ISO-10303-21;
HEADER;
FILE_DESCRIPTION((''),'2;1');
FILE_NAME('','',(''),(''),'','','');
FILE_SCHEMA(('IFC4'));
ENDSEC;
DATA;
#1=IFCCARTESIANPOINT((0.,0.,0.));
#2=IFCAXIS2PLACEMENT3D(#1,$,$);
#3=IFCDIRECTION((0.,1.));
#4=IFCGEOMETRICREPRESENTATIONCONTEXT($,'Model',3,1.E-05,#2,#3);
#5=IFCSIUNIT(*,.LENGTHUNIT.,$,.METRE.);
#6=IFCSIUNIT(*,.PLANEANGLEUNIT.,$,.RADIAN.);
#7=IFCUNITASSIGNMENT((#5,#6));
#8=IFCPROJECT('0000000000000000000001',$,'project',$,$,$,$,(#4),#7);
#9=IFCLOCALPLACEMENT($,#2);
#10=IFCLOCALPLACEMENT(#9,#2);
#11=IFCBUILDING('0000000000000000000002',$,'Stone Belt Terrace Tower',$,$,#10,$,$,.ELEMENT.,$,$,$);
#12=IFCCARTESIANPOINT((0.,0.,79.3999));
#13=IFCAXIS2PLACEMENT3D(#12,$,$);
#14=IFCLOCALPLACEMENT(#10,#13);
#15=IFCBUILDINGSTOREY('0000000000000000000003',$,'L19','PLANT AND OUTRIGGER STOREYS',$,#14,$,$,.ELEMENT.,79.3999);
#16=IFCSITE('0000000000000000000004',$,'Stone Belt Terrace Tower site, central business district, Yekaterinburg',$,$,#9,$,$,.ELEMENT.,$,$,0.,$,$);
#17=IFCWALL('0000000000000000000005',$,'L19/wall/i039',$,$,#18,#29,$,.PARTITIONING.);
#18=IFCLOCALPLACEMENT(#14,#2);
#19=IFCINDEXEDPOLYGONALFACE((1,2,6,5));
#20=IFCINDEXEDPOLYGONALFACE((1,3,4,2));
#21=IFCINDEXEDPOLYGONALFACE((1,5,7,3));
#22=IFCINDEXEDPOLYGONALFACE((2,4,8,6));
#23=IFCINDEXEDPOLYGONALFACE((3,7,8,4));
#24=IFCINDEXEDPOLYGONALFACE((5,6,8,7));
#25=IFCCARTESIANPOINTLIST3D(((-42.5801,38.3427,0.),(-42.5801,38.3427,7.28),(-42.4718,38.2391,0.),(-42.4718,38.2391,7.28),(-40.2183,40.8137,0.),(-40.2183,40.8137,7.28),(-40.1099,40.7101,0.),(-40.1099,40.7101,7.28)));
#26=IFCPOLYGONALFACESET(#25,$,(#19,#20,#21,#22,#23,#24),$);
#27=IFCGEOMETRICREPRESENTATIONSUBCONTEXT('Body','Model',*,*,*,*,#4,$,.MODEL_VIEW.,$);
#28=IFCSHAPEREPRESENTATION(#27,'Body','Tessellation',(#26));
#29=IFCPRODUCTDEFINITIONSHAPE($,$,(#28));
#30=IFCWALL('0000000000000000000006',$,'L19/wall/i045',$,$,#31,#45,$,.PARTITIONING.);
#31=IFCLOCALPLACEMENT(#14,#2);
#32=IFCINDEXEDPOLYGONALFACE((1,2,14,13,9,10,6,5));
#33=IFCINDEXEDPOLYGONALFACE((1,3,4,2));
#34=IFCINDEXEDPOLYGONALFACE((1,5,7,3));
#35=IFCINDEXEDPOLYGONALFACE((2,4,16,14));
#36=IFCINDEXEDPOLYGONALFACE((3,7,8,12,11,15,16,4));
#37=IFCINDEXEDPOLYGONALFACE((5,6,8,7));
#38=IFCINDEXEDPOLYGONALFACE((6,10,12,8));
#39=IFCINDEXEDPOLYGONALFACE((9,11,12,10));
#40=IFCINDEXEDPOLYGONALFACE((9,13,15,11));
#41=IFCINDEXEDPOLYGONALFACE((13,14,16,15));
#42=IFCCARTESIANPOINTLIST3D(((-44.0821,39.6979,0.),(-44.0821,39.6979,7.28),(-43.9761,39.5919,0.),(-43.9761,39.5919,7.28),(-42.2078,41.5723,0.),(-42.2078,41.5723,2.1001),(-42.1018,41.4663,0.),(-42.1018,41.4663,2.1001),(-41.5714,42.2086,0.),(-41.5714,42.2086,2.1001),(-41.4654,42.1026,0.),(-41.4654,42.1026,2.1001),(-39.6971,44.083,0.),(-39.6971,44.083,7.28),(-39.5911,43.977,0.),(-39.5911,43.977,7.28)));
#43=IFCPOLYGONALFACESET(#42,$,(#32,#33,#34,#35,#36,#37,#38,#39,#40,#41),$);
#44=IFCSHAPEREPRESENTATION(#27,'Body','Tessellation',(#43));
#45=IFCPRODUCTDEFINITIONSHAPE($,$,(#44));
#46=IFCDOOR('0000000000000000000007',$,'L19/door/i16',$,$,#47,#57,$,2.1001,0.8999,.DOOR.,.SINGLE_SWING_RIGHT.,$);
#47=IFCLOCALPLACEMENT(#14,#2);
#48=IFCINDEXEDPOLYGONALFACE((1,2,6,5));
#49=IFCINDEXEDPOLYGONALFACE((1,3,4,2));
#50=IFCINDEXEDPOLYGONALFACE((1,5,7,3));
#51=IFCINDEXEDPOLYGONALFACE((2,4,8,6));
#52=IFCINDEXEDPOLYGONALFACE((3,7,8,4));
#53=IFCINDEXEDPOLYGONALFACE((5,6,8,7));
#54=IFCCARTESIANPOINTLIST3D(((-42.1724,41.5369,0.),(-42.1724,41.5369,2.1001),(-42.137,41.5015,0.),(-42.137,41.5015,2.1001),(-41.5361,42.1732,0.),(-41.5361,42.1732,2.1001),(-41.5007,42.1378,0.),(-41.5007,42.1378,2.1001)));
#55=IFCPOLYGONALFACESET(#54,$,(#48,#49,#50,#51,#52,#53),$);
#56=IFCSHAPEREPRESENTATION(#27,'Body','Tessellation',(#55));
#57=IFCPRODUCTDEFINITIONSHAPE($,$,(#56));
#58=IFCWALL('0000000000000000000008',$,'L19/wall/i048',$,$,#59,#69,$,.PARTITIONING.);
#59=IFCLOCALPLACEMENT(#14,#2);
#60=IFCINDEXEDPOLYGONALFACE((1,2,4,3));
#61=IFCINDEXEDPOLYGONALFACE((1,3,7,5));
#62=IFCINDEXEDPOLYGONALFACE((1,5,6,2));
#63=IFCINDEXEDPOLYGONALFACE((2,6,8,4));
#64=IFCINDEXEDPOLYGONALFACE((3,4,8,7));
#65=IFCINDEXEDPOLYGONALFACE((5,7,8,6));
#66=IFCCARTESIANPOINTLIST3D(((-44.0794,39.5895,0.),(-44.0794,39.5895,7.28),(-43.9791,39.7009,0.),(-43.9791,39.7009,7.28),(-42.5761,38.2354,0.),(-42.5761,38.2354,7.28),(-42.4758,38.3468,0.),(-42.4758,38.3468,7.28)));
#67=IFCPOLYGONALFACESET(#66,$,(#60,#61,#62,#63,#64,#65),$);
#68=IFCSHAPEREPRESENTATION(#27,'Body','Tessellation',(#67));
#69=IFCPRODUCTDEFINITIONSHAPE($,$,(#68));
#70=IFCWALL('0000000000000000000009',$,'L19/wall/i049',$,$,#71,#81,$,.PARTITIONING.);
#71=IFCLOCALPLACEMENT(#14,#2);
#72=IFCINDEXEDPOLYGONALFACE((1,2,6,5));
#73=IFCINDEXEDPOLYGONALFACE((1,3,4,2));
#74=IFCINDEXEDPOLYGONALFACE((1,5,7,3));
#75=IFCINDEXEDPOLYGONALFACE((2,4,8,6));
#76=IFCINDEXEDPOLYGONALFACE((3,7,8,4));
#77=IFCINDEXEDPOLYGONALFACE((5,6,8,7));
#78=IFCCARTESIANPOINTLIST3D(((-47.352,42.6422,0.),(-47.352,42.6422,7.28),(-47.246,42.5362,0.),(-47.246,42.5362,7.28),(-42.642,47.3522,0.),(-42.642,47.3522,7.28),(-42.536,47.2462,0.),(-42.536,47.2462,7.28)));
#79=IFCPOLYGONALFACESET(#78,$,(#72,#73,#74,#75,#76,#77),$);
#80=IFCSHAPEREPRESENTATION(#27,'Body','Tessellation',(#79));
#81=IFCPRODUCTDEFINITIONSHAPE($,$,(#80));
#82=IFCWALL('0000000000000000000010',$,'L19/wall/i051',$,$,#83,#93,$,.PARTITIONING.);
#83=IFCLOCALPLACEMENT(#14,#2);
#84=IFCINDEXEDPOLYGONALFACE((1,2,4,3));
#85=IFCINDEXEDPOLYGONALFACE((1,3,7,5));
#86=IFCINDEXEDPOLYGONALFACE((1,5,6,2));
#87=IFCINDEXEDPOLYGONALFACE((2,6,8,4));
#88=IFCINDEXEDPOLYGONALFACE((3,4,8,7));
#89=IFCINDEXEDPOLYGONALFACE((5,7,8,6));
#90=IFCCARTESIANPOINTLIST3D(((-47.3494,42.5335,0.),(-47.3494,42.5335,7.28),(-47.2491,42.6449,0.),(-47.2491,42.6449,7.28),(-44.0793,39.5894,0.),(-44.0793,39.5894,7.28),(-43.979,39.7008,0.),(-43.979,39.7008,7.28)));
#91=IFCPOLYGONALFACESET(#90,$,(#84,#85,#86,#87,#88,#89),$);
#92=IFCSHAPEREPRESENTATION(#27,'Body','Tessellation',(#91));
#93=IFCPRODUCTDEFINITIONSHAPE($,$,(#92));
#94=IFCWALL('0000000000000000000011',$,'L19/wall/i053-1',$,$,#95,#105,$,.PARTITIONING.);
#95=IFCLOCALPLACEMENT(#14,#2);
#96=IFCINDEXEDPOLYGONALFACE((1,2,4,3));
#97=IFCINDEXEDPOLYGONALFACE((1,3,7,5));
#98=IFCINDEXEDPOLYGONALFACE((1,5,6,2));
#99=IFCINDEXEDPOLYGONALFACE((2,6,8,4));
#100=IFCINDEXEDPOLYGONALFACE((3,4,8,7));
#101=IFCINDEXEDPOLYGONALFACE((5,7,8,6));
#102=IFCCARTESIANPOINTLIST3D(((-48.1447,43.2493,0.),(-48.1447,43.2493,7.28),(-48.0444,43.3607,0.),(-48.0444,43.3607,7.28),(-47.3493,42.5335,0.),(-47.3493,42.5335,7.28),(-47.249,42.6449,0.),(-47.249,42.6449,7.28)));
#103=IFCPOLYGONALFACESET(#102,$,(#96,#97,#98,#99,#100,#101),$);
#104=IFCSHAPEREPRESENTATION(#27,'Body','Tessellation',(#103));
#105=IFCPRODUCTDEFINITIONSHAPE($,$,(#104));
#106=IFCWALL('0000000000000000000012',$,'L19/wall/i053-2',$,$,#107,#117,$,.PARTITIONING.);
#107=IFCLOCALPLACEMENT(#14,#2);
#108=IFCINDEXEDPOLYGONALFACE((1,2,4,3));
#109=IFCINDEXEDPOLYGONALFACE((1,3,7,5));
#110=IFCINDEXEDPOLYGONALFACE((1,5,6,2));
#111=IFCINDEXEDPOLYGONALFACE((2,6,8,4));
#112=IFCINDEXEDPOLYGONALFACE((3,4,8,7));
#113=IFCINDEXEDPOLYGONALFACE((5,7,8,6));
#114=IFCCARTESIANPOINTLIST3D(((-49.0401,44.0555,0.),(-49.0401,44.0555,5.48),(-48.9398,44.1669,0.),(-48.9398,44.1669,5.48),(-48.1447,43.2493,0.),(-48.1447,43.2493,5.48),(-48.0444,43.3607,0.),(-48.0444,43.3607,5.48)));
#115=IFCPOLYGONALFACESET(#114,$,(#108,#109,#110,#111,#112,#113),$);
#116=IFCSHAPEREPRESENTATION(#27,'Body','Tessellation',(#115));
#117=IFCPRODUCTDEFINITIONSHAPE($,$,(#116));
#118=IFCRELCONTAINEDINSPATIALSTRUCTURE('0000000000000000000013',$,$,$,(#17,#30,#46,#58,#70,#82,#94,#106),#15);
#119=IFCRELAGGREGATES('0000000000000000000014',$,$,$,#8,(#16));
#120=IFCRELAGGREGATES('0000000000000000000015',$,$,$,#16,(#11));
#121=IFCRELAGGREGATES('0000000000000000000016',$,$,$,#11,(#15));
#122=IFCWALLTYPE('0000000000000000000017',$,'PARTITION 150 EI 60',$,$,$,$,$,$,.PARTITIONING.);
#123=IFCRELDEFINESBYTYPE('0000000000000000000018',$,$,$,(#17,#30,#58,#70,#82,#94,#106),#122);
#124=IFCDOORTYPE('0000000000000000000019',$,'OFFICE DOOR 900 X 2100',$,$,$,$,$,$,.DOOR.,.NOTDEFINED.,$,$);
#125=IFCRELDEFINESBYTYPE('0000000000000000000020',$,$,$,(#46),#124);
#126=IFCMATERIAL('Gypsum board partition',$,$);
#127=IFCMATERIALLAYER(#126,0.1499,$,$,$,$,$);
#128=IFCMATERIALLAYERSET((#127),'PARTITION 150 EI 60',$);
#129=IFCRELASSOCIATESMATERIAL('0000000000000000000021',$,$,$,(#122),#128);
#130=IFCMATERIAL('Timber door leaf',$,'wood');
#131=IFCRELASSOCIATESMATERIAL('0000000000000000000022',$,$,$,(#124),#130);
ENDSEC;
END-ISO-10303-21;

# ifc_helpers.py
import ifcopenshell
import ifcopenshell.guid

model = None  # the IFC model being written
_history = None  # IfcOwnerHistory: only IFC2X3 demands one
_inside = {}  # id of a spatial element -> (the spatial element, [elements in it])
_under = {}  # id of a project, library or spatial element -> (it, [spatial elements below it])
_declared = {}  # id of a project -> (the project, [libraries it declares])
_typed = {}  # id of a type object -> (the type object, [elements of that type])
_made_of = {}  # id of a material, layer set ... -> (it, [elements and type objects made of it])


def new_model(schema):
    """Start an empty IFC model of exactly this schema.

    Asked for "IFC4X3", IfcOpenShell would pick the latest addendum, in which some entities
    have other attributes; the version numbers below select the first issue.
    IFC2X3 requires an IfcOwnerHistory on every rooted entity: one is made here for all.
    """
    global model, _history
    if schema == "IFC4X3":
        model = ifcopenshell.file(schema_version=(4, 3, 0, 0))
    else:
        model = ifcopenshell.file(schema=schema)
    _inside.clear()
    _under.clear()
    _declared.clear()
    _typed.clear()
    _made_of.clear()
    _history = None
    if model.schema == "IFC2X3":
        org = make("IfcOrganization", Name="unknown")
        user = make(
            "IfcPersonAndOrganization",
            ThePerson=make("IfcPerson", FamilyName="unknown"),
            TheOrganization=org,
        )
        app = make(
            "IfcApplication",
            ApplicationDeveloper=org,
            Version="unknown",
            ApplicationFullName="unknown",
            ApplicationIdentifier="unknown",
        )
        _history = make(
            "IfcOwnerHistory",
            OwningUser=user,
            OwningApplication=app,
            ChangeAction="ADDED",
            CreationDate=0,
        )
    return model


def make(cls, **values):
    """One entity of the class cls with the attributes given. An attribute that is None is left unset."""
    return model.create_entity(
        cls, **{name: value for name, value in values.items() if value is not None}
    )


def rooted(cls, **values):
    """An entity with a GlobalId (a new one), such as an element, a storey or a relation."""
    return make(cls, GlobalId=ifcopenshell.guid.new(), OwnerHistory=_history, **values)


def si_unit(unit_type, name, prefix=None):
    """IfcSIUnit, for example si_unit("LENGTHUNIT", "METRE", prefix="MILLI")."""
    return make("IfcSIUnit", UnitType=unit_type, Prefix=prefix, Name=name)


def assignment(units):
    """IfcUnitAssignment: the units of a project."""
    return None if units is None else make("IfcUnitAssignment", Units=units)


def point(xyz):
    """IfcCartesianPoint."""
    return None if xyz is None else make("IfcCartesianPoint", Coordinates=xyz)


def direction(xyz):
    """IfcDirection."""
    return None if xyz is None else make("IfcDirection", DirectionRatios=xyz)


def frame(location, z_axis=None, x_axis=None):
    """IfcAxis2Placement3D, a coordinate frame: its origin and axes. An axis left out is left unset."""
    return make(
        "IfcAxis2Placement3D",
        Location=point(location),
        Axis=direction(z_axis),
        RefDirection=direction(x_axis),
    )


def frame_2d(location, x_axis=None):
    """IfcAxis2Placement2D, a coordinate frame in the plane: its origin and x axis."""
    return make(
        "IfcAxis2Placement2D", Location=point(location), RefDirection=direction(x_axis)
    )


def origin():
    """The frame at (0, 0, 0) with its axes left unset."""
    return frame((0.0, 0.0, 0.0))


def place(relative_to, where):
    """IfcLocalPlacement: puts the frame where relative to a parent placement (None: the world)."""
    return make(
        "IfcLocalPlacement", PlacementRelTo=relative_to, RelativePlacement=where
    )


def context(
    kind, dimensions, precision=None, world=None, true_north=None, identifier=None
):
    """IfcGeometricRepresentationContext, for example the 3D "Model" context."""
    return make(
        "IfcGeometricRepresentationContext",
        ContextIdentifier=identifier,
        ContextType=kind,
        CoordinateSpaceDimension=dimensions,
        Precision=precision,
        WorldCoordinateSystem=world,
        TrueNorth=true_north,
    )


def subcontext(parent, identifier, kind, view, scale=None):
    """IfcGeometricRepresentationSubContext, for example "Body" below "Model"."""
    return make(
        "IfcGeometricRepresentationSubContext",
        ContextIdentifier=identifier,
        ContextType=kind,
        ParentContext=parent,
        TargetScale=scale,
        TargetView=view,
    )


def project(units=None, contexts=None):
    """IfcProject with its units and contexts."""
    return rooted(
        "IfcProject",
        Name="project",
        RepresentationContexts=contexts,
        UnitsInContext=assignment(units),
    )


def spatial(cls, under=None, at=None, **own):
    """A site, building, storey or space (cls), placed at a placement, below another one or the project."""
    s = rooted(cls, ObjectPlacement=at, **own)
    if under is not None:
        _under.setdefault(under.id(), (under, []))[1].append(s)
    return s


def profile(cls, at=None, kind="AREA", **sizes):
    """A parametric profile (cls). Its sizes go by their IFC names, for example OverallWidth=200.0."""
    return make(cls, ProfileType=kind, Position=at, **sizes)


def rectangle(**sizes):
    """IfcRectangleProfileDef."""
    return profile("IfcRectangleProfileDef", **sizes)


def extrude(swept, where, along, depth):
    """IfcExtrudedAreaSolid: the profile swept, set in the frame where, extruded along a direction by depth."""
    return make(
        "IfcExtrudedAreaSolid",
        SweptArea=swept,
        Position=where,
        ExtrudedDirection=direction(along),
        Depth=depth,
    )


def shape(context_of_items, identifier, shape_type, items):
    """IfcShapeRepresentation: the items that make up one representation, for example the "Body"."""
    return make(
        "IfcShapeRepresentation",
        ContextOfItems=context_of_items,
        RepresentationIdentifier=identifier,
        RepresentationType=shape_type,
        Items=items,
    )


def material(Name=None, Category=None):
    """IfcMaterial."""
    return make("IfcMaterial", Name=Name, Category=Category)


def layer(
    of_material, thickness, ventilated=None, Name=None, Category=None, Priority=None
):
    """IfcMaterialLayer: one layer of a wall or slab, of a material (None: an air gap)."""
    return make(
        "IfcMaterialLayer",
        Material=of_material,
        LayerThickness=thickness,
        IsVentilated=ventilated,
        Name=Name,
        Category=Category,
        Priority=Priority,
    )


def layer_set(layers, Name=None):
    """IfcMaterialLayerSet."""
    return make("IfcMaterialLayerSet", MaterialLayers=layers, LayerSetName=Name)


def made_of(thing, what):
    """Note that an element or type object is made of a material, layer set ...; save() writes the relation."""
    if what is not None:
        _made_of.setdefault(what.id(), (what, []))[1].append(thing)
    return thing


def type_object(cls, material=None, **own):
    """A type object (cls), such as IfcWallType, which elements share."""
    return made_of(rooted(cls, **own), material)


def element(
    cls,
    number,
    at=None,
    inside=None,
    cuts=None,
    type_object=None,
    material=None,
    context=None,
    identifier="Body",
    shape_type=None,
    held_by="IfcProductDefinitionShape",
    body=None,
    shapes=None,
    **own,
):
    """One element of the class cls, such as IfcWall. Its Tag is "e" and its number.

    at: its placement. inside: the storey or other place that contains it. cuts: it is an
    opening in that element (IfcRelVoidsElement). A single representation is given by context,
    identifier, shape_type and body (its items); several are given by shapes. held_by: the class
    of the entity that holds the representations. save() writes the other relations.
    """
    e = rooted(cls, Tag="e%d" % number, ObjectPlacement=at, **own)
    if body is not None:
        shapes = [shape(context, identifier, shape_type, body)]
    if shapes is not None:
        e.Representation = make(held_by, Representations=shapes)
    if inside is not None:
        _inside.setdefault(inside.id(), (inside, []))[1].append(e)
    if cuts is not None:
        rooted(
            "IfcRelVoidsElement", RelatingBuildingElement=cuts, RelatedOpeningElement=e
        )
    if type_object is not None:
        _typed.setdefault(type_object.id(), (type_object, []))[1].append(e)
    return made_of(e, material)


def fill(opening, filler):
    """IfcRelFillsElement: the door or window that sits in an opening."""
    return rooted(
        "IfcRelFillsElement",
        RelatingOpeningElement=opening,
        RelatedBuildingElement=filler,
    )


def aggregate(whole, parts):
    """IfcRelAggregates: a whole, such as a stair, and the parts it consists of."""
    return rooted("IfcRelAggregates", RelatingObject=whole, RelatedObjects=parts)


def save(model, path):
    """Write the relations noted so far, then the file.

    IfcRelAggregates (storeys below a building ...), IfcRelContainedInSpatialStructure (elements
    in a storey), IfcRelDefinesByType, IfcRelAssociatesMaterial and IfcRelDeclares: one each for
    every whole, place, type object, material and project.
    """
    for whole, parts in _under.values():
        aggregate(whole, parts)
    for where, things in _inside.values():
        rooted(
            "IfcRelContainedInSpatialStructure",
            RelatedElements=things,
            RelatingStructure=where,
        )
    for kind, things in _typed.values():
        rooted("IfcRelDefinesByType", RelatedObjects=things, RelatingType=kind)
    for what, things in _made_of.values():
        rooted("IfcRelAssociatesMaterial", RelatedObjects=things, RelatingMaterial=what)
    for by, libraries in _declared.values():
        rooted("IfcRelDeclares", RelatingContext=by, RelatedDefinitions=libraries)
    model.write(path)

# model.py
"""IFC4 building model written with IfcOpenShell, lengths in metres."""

from ifc_helpers import new_model, si_unit, direction, frame, frame_2d, origin, place, context, subcontext, project, spatial, rectangle, extrude, material, layer, layer_set, type_object, element, fill, save


model = new_model("IFC4")

# Units and contexts
model_context = context("Model", 3, precision=1e-05, world=origin(), true_north=direction((0.0, 1.0)))
body_context = subcontext(model_context, "Body", "Model", "MODEL_VIEW")
ifc_project = project(units=[si_unit("LENGTHUNIT", "METRE"), si_unit("PLANEANGLEUNIT", "RADIAN")], contexts=[model_context])

# Site, building, storey
site_placement = place(None, origin())
site = spatial("IfcSite", under=ifc_project, at=site_placement, Name="Stone Belt Terrace Tower site, central business district, Yekaterinburg", CompositionType="ELEMENT", RefElevation=0.0)
building_placement = place(site_placement, origin())
building = spatial("IfcBuilding", under=site, at=building_placement, Name="Stone Belt Terrace Tower", CompositionType="ELEMENT")
storey_placement = place(building_placement, frame((0.0, 0.0, 79.3999)))
storey = spatial("IfcBuildingStorey", under=building, at=storey_placement, Name="L19", Description="PLANT AND OUTRIGGER STOREYS", CompositionType="ELEMENT", Elevation=79.3999)

# Shared definitions
ifc_material_1 = material(Name="Gypsum board partition")
ifc_layer_1 = layer(ifc_material_1, 0.1499)
ifc_layer_set_1 = layer_set([ifc_layer_1], Name="PARTITION 150 EI 60")
wall_type = type_object("IfcWallType", Name="PARTITION 150 EI 60", PredefinedType="PARTITIONING", material=ifc_layer_set_1)

# Shared definitions
ifc_material_2 = material(Name="Timber door leaf", Category="wood")
door_type = type_object("IfcDoorType", Name="OFFICE DOOR 900 X 2100", OperationType="NOTDEFINED", PredefinedType="DOOR", material=ifc_material_2)

# Wall
wall_1_placement = place(storey_placement, frame((-42.5259, 38.291, 0.0), z_axis=(0.0, 0.0, 1.0), x_axis=(0.690963, 0.72289, 0.0)))
element("IfcWall", 1, at=wall_1_placement, inside=storey, type_object=wall_type, Name="L19/wall/i039", PredefinedType="PARTITIONING", context=body_context, shape_type="SweptSolid", body=[
    extrude(rectangle(XDim=3.4182, YDim=0.1499, at=frame_2d((1.709, 0.0))), origin(), (0.0, 0.0, 1.0), 7.28),
])

# Wall, opening, door
wall_2_placement = place(storey_placement, frame((-44.0291, 39.645, 0.0), z_axis=(0.0, 0.0, 1.0), x_axis=(0.707107, 0.707107, 0.0)))
wall_2 = element("IfcWall", 2, at=wall_2_placement, inside=storey, type_object=wall_type, Name="L19/wall/i045", PredefinedType="PARTITIONING", context=body_context, shape_type="SweptSolid", body=[
    extrude(rectangle(XDim=6.2014, YDim=0.1499, at=frame_2d((3.1006, 0.0))), origin(), (0.0, 0.0, 1.0), 7.28),
])
opening_1_placement = place(wall_2_placement, frame((2.6506, 0.0, 0.0)))
opening_1 = element("IfcOpeningElement", 3, at=opening_1_placement, cuts=wall_2, PredefinedType="OPENING", context=body_context, shape_type="SweptSolid", body=[
    extrude(rectangle(XDim=0.8999, YDim=2.1001, at=frame_2d((0.45, 1.05))), frame((0.0, 0.085, 0.0), z_axis=(0.0, -1.0, 0.0), x_axis=(1.0, 0.0, 0.0)), (0.0, 0.0, 1.0), 0.1699),
])
door_1_placement = place(opening_1_placement, origin())
door_1 = element("IfcDoor", 4, at=door_1_placement, inside=storey, type_object=door_type, Name="L19/door/i16", OperationType="SINGLE_SWING_RIGHT", OverallHeight=2.1001, OverallWidth=0.8999, PredefinedType="DOOR", context=body_context, shape_type="SweptSolid", body=[
    extrude(rectangle(XDim=0.8999, YDim=2.1001, at=frame_2d((0.45, 1.05))), frame((0.0, 0.0249, 0.0), z_axis=(0.0, -1.0, 0.0), x_axis=(1.0, 0.0, 0.0)), (0.0, 0.0, 1.0), 0.05),
])
fill(opening_1, door_1)

# Walls
wall_3_placement = place(storey_placement, frame((-42.5259, 38.291, 0.0), z_axis=(0.0, 0.0, 1.0), x_axis=(-0.743012, 0.669278, 0.0)))
element("IfcWall", 5, at=wall_3_placement, inside=storey, type_object=wall_type, Name="L19/wall/i048", PredefinedType="PARTITIONING", context=body_context, shape_type="SweptSolid", body=[
    extrude(rectangle(XDim=2.0232, YDim=0.1499, at=frame_2d((1.0117, 0.0))), origin(), (0.0, 0.0, 1.0), 7.28),
])
wall_4_placement = place(storey_placement, frame((-47.2991, 42.5891, 0.0), z_axis=(0.0, 0.0, 1.0), x_axis=(0.707107, 0.707107, 0.0)))
element("IfcWall", 6, at=wall_4_placement, inside=storey, type_object=wall_type, Name="L19/wall/i049", PredefinedType="PARTITIONING", context=body_context, shape_type="SweptSolid", body=[
    extrude(rectangle(XDim=6.6609, YDim=0.1499, at=frame_2d((3.3306, 0.0))), origin(), (0.0, 0.0, 1.0), 7.28),
])
wall_5_placement = place(storey_placement, frame((-44.0291, 39.645, 0.0), z_axis=(0.0, 0.0, 1.0), x_axis=(-0.743173, 0.6691, 0.0)))
element("IfcWall", 7, at=wall_5_placement, inside=storey, type_object=wall_type, Name="L19/wall/i051", PredefinedType="PARTITIONING", context=body_context, shape_type="SweptSolid", body=[
    extrude(rectangle(XDim=4.4001, YDim=0.1499, at=frame_2d((2.2002, 0.0))), origin(), (0.0, 0.0, 1.0), 7.28),
])
wall_6_placement = place(storey_placement, frame((-47.2991, 42.5891, 0.0), z_axis=(0.0, 0.0, 1.0), x_axis=(-0.743317, 0.66894, 0.0)))
element("IfcWall", 8, at=wall_6_placement, inside=storey, type_object=wall_type, Name="L19/wall/i053-1", PredefinedType="PARTITIONING", context=body_context, shape_type="SweptSolid", body=[
    extrude(rectangle(XDim=1.0701, YDim=0.1499, at=frame_2d((0.5352, 0.0))), origin(), (0.0, 0.0, 1.0), 7.28),
])
wall_7_placement = place(storey_placement, frame((-48.0945, 43.3049, 0.0), z_axis=(0.0, 0.0, 1.0), x_axis=(-0.743123, 0.669155, 0.0)))
element("IfcWall", 9, at=wall_7_placement, inside=storey, type_object=wall_type, Name="L19/wall/i053-2", PredefinedType="PARTITIONING", context=body_context, shape_type="SweptSolid", body=[
    extrude(rectangle(XDim=1.2048, YDim=0.1499, at=frame_2d((0.6025, 0.0))), origin(), (0.0, 0.0, 1.0), 5.48),
])

save(model, "model.ifc")
